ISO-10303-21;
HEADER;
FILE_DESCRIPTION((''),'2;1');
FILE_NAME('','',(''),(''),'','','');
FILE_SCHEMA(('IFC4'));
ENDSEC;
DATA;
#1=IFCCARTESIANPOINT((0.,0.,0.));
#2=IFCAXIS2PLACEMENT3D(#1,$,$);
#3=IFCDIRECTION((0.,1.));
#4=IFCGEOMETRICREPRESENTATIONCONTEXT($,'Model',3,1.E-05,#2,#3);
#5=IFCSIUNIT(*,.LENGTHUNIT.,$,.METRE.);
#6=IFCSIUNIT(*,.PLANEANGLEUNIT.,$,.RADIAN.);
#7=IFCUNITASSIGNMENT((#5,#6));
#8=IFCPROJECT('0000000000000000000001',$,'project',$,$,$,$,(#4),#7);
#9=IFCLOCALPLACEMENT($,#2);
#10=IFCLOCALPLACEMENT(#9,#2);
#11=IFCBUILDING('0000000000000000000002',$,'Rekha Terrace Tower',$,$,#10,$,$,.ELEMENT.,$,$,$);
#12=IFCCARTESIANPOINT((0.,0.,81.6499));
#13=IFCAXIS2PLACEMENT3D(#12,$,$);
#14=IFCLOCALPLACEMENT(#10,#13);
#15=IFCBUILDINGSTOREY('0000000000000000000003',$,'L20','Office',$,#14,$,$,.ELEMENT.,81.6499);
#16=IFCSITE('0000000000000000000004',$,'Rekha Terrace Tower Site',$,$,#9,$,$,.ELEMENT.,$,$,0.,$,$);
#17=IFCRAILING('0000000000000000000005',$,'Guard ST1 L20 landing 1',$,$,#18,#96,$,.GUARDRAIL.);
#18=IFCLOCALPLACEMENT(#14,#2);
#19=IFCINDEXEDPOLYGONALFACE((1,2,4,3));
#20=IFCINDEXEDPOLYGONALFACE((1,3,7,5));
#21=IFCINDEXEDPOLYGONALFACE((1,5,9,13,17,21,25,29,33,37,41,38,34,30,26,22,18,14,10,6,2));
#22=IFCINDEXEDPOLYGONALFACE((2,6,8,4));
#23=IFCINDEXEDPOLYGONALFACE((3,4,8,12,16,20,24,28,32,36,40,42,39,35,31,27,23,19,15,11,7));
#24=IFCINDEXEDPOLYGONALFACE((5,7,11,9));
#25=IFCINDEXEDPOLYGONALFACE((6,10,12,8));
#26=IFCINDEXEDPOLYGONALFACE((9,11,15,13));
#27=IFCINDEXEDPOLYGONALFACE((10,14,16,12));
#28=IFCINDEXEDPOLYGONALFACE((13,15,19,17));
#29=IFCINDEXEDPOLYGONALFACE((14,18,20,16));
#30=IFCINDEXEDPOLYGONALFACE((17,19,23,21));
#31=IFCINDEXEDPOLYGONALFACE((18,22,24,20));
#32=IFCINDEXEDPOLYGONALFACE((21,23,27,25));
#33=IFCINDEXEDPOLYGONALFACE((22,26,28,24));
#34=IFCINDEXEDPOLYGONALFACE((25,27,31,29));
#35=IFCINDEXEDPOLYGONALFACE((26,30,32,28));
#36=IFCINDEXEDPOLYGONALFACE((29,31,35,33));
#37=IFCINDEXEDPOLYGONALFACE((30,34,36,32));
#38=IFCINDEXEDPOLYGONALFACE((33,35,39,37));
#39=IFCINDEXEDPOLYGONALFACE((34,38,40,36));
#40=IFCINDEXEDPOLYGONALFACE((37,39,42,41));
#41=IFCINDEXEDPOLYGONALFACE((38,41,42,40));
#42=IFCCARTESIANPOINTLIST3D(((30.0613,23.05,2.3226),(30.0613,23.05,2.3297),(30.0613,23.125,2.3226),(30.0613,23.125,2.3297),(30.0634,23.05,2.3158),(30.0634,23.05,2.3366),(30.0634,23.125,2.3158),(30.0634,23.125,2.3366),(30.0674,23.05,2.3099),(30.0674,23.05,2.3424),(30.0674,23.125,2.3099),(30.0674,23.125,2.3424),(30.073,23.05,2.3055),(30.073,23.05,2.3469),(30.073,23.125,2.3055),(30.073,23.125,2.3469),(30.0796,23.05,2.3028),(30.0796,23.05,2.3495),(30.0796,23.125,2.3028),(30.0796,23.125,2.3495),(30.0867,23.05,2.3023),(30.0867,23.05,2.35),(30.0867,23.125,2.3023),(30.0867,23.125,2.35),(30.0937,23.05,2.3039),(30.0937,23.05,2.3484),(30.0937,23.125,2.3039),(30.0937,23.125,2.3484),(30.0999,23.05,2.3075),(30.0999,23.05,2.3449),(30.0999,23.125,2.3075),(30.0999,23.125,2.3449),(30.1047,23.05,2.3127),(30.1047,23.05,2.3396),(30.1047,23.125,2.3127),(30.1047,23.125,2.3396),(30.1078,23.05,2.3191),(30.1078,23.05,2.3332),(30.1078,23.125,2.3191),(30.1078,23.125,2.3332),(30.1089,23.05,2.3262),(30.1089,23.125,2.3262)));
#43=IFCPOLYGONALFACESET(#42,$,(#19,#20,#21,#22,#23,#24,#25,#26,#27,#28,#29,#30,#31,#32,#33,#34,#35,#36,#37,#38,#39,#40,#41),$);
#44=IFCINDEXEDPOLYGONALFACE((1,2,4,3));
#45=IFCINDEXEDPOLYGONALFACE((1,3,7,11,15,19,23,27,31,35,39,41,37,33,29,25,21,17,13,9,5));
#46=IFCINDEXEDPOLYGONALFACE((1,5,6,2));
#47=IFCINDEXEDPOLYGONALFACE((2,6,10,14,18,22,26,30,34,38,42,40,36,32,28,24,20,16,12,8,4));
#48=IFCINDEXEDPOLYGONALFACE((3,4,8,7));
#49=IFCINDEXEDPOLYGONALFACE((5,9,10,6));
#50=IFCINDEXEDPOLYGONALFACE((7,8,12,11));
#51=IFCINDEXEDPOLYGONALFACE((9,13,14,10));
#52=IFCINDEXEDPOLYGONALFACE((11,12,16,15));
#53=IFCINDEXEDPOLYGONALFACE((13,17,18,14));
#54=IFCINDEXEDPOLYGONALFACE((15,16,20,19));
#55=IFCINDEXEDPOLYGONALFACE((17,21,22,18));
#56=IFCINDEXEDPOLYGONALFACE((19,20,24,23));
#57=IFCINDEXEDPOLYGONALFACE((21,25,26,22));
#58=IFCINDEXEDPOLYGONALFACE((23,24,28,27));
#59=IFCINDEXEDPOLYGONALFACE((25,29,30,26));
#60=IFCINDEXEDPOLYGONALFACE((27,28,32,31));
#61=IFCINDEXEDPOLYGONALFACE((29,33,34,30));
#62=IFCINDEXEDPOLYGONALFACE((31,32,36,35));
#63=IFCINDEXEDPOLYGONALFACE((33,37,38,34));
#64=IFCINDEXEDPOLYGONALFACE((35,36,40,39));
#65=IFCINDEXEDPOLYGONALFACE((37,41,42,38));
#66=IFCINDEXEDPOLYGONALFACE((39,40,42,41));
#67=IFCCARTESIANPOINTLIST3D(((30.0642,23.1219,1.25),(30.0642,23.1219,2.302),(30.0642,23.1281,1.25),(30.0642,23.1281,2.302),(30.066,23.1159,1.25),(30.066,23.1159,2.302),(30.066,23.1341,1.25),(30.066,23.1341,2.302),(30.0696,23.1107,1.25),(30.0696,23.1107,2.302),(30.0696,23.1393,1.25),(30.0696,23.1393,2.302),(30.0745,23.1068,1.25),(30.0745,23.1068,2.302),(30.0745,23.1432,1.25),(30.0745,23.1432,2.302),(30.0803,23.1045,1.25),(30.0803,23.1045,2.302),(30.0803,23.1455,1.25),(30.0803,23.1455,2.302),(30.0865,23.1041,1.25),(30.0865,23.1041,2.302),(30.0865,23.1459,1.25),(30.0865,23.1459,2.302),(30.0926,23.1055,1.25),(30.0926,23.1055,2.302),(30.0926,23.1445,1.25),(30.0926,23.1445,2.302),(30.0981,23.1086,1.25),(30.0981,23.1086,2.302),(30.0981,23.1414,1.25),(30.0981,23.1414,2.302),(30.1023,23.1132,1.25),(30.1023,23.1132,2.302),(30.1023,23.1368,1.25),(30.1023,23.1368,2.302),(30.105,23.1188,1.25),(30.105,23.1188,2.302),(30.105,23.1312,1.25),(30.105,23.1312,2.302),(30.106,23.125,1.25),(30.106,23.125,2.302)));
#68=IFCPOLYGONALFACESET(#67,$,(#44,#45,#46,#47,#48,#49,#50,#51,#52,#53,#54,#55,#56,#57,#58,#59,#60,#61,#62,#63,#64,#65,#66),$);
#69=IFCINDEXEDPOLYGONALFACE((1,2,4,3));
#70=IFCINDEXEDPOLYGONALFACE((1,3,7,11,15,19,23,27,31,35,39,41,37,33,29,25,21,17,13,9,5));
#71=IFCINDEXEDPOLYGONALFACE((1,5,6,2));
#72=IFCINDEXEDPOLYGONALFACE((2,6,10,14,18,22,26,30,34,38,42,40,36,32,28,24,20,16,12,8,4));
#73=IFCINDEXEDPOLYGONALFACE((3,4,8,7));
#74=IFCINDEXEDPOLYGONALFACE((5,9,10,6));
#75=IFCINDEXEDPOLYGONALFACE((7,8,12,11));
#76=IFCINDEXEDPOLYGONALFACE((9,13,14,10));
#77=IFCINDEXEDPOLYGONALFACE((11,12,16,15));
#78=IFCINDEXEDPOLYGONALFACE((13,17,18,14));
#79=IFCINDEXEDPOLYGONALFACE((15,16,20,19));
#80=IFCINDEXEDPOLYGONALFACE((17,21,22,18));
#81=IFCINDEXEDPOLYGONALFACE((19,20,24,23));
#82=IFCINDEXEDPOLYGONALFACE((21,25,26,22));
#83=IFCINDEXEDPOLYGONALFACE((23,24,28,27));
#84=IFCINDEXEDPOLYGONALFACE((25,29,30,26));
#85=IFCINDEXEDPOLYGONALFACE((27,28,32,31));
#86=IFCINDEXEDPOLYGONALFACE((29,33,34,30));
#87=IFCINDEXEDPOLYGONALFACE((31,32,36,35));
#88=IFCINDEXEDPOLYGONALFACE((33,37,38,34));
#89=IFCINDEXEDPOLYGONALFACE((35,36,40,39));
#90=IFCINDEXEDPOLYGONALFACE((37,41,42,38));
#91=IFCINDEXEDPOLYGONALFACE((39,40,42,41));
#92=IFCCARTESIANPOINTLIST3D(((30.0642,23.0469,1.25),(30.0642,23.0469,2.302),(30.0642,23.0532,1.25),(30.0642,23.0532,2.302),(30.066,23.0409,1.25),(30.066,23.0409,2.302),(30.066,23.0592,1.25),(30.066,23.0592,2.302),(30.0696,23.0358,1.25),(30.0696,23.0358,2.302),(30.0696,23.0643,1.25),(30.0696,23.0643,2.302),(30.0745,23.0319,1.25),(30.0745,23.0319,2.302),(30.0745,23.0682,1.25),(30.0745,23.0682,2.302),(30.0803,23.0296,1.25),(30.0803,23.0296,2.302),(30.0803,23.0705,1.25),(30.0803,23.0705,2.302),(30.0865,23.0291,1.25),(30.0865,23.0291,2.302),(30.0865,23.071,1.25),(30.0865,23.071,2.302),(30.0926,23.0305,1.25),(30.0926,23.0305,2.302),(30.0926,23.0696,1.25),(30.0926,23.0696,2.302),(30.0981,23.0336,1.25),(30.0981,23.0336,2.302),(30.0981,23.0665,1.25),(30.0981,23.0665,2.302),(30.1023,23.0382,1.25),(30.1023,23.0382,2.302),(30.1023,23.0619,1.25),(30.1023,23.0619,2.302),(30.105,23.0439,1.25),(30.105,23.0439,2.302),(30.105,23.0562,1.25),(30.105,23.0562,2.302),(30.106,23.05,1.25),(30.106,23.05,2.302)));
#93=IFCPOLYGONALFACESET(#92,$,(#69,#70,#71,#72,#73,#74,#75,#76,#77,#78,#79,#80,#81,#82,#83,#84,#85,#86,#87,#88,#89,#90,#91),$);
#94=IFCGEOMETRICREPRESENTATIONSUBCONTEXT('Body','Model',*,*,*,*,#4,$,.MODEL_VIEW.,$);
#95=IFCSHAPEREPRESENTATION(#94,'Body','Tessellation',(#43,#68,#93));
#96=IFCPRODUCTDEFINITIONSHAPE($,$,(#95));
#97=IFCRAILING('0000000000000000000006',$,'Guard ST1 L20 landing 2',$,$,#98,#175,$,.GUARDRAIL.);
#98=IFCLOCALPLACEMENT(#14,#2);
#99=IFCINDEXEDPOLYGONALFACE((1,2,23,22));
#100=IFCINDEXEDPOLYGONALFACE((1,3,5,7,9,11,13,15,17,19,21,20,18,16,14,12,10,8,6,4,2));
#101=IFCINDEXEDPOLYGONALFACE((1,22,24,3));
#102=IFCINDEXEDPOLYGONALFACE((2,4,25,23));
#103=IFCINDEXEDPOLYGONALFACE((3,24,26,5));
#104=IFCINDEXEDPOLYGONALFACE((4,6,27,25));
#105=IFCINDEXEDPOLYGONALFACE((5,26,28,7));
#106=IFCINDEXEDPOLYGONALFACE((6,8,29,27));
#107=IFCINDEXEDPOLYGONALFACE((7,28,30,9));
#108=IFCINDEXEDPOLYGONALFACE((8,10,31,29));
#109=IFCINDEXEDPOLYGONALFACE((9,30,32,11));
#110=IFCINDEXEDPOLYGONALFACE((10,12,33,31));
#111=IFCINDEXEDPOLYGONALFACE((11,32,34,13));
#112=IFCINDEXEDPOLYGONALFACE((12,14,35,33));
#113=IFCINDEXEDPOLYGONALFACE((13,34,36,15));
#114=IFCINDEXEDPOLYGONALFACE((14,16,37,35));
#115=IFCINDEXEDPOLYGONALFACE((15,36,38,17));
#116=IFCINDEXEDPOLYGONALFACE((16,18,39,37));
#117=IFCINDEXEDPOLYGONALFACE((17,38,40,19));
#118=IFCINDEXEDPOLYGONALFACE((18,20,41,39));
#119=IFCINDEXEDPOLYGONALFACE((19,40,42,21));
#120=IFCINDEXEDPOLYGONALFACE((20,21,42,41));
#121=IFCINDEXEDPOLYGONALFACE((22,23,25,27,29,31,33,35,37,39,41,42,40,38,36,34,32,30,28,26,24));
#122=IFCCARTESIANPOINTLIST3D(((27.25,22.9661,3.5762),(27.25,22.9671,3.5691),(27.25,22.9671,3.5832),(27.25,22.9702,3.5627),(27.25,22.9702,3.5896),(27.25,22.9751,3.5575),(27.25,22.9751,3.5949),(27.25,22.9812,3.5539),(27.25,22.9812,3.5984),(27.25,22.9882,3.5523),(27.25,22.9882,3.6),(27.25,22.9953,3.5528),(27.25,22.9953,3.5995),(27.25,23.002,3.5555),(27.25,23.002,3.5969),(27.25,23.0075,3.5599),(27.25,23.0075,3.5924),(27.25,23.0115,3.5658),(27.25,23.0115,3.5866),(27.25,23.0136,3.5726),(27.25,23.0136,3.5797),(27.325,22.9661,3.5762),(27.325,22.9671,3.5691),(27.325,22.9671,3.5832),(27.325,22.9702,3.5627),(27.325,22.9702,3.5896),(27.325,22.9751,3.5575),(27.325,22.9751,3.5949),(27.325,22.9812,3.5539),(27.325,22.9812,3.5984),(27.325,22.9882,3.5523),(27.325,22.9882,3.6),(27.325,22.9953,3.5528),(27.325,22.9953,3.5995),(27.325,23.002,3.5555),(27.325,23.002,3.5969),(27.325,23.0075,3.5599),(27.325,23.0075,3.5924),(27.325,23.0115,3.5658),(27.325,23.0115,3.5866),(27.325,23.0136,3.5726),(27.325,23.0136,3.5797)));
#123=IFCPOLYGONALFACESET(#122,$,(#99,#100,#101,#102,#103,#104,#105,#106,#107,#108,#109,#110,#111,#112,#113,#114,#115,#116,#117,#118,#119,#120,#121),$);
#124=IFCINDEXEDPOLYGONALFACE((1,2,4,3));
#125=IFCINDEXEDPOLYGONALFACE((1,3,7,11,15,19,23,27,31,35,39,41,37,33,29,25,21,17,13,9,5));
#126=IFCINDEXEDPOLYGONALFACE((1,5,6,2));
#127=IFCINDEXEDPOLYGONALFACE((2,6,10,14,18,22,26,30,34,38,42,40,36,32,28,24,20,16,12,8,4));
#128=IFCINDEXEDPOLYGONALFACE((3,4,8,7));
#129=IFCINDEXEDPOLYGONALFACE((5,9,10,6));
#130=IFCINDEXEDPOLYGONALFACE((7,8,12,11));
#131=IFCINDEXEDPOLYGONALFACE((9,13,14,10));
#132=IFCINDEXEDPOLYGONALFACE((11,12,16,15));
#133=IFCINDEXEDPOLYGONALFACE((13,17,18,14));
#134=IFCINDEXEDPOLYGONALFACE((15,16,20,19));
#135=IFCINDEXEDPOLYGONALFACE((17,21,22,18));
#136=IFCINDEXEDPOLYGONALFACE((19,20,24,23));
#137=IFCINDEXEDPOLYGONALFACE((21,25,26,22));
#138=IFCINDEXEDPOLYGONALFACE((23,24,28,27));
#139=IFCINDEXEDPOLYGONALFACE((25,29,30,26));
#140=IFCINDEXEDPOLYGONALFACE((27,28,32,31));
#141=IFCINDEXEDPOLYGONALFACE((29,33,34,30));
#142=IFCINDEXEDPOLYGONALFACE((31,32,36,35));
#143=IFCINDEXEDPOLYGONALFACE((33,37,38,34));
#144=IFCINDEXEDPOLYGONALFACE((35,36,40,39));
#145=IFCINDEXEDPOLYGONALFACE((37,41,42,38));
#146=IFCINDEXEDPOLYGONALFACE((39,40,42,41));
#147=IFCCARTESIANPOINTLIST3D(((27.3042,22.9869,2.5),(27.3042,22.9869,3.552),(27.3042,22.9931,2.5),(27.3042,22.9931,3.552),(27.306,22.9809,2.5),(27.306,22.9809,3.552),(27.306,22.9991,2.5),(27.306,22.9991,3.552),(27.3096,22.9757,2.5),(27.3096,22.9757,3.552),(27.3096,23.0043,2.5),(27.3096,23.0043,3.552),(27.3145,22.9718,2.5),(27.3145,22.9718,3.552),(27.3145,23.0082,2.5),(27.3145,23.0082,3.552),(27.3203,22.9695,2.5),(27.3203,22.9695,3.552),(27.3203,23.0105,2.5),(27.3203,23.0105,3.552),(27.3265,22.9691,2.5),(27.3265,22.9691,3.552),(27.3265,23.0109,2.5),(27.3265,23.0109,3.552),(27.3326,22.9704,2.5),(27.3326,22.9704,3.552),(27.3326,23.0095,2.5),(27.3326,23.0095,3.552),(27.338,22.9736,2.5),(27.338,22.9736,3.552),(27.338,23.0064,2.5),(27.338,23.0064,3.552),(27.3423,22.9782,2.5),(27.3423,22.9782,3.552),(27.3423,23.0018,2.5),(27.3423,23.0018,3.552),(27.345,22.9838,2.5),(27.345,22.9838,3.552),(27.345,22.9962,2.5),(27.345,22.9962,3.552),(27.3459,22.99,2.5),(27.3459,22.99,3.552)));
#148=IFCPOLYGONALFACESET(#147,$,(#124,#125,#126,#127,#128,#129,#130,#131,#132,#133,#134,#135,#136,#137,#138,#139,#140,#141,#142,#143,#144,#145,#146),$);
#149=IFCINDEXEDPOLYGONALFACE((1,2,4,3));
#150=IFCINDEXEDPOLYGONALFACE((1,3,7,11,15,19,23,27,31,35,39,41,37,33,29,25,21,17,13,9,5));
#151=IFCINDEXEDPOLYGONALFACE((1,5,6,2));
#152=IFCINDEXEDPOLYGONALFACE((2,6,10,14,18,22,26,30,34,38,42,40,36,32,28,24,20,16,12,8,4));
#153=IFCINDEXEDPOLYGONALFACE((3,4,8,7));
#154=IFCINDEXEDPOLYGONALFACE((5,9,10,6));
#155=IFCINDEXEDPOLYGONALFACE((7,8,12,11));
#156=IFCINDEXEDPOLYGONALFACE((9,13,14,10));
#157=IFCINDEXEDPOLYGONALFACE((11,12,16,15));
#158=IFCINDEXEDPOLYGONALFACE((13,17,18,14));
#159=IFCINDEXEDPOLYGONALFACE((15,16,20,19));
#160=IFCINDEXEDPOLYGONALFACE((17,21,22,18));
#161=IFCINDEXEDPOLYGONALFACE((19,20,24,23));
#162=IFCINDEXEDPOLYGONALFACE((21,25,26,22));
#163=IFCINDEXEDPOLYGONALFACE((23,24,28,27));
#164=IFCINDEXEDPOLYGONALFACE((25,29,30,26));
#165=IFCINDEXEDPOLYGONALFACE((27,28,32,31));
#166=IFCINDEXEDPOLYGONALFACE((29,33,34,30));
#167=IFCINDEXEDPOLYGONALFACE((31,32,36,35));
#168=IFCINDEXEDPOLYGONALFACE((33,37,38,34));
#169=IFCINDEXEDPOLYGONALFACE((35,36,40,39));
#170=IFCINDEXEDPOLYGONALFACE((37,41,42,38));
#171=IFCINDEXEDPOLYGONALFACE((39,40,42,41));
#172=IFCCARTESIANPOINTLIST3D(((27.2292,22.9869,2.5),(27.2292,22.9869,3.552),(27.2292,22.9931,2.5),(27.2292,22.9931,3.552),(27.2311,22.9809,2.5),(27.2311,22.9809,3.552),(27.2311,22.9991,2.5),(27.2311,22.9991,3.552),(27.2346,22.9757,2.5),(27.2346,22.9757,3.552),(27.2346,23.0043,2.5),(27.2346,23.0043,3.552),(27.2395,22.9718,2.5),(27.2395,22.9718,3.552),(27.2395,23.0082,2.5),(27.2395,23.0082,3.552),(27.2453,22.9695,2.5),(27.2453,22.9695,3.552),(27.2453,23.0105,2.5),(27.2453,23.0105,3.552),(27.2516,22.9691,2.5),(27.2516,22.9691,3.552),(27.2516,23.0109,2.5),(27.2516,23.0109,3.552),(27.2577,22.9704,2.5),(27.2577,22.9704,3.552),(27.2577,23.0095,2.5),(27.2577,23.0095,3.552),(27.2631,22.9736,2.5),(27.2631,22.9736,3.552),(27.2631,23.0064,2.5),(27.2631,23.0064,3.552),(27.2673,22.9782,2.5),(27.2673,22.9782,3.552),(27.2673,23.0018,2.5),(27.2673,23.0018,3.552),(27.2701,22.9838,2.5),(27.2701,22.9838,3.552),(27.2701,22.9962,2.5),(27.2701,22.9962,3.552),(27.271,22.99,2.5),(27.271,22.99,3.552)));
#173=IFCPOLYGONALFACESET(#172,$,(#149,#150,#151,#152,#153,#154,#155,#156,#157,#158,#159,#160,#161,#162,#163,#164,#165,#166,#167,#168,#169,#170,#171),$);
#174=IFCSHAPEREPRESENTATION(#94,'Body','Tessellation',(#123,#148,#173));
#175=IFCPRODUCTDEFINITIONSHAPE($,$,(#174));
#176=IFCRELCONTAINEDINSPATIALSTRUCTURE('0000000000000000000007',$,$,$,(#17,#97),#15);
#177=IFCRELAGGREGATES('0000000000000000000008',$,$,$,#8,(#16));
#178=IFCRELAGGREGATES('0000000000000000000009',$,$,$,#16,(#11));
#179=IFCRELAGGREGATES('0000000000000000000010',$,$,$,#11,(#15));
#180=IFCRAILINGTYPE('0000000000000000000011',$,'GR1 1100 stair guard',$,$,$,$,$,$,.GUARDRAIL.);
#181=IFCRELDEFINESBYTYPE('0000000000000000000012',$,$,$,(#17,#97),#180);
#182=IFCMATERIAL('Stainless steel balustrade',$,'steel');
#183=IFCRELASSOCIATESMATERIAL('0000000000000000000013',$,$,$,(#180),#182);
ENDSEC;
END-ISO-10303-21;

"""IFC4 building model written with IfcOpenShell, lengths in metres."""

from ifc_helpers import new_model, si_unit, direction, frame, origin, origin_2d, place, context, subcontext, project, spatial, circle, extrude, material, type_object, element, save


model = new_model("IFC4")

# Units and contexts
model_context = context("Model", 3, precision=1e-05, world=origin(), true_north=direction((0.0, 1.0)))
body_context = subcontext(model_context, "Body", "Model", "MODEL_VIEW")
ifc_project = project(units=[si_unit("LENGTHUNIT", "METRE"), si_unit("PLANEANGLEUNIT", "RADIAN")], contexts=[model_context])

# Site, building, storey
site_placement = place(None, origin())
site = spatial("IfcSite", under=ifc_project, at=site_placement, Name="Rekha Terrace Tower Site", CompositionType="ELEMENT", RefElevation=0.0)
building_placement = place(site_placement, origin())
building = spatial("IfcBuilding", under=site, at=building_placement, Name="Rekha Terrace Tower", CompositionType="ELEMENT")
storey_placement = place(building_placement, frame((0.0, 0.0, 81.6499)))
storey = spatial("IfcBuildingStorey", under=building, at=storey_placement, Name="L20", Description="Office", CompositionType="ELEMENT", Elevation=81.6499)

# Railings
ifc_material_1 = material(Name="Stainless steel balustrade", Category="steel")
railing_type_1 = type_object("IfcRailingType", Name="GR1 1100 stair guard", PredefinedType="GUARDRAIL", material=ifc_material_1)
railing_1_placement = place(storey_placement, frame((30.085, 23.125, 1.25)))
element("IfcRailing", 1, at=railing_1_placement, inside=storey, type_object=railing_type_1, Name="Guard ST1 L20 landing 1", PredefinedType="GUARDRAIL", context=body_context, shape_type="SweptSolid", body=[
    extrude(circle(Radius=0.0239, at=origin_2d()), frame((0.0, 0.0, 1.0762), z_axis=(0.0, -1.0, 0.0), x_axis=(1.0, 0.0, 0.0)), (0.0, 0.0, 1.0), 0.075),
    extrude(circle(Radius=0.021, at=origin_2d()), origin(), (0.0, 0.0, 1.0), 1.052),
    extrude(circle(Radius=0.021, at=origin_2d()), frame((0.0, -0.075, 0.0)), (0.0, 0.0, 1.0), 1.052),
])
railing_2_placement = place(storey_placement, frame((27.325, 22.99, 2.5)))
element("IfcRailing", 2, at=railing_2_placement, inside=storey, type_object=railing_type_1, Name="Guard ST1 L20 landing 2", PredefinedType="GUARDRAIL", context=body_context, shape_type="SweptSolid", body=[
    extrude(circle(Radius=0.0239, at=origin_2d()), frame((0.0, 0.0, 1.0762), z_axis=(-1.0, 0.0, 0.0), x_axis=(0.0, -1.0, 0.0)), (0.0, 0.0, 1.0), 0.075),
    extrude(circle(Radius=0.021, at=origin_2d()), origin(), (0.0, 0.0, 1.0), 1.052),
    extrude(circle(Radius=0.021, at=origin_2d()), frame((-0.075, 0.0, 0.0)), (0.0, 0.0, 1.0), 1.052),
])

save(model, "model.ifc")
